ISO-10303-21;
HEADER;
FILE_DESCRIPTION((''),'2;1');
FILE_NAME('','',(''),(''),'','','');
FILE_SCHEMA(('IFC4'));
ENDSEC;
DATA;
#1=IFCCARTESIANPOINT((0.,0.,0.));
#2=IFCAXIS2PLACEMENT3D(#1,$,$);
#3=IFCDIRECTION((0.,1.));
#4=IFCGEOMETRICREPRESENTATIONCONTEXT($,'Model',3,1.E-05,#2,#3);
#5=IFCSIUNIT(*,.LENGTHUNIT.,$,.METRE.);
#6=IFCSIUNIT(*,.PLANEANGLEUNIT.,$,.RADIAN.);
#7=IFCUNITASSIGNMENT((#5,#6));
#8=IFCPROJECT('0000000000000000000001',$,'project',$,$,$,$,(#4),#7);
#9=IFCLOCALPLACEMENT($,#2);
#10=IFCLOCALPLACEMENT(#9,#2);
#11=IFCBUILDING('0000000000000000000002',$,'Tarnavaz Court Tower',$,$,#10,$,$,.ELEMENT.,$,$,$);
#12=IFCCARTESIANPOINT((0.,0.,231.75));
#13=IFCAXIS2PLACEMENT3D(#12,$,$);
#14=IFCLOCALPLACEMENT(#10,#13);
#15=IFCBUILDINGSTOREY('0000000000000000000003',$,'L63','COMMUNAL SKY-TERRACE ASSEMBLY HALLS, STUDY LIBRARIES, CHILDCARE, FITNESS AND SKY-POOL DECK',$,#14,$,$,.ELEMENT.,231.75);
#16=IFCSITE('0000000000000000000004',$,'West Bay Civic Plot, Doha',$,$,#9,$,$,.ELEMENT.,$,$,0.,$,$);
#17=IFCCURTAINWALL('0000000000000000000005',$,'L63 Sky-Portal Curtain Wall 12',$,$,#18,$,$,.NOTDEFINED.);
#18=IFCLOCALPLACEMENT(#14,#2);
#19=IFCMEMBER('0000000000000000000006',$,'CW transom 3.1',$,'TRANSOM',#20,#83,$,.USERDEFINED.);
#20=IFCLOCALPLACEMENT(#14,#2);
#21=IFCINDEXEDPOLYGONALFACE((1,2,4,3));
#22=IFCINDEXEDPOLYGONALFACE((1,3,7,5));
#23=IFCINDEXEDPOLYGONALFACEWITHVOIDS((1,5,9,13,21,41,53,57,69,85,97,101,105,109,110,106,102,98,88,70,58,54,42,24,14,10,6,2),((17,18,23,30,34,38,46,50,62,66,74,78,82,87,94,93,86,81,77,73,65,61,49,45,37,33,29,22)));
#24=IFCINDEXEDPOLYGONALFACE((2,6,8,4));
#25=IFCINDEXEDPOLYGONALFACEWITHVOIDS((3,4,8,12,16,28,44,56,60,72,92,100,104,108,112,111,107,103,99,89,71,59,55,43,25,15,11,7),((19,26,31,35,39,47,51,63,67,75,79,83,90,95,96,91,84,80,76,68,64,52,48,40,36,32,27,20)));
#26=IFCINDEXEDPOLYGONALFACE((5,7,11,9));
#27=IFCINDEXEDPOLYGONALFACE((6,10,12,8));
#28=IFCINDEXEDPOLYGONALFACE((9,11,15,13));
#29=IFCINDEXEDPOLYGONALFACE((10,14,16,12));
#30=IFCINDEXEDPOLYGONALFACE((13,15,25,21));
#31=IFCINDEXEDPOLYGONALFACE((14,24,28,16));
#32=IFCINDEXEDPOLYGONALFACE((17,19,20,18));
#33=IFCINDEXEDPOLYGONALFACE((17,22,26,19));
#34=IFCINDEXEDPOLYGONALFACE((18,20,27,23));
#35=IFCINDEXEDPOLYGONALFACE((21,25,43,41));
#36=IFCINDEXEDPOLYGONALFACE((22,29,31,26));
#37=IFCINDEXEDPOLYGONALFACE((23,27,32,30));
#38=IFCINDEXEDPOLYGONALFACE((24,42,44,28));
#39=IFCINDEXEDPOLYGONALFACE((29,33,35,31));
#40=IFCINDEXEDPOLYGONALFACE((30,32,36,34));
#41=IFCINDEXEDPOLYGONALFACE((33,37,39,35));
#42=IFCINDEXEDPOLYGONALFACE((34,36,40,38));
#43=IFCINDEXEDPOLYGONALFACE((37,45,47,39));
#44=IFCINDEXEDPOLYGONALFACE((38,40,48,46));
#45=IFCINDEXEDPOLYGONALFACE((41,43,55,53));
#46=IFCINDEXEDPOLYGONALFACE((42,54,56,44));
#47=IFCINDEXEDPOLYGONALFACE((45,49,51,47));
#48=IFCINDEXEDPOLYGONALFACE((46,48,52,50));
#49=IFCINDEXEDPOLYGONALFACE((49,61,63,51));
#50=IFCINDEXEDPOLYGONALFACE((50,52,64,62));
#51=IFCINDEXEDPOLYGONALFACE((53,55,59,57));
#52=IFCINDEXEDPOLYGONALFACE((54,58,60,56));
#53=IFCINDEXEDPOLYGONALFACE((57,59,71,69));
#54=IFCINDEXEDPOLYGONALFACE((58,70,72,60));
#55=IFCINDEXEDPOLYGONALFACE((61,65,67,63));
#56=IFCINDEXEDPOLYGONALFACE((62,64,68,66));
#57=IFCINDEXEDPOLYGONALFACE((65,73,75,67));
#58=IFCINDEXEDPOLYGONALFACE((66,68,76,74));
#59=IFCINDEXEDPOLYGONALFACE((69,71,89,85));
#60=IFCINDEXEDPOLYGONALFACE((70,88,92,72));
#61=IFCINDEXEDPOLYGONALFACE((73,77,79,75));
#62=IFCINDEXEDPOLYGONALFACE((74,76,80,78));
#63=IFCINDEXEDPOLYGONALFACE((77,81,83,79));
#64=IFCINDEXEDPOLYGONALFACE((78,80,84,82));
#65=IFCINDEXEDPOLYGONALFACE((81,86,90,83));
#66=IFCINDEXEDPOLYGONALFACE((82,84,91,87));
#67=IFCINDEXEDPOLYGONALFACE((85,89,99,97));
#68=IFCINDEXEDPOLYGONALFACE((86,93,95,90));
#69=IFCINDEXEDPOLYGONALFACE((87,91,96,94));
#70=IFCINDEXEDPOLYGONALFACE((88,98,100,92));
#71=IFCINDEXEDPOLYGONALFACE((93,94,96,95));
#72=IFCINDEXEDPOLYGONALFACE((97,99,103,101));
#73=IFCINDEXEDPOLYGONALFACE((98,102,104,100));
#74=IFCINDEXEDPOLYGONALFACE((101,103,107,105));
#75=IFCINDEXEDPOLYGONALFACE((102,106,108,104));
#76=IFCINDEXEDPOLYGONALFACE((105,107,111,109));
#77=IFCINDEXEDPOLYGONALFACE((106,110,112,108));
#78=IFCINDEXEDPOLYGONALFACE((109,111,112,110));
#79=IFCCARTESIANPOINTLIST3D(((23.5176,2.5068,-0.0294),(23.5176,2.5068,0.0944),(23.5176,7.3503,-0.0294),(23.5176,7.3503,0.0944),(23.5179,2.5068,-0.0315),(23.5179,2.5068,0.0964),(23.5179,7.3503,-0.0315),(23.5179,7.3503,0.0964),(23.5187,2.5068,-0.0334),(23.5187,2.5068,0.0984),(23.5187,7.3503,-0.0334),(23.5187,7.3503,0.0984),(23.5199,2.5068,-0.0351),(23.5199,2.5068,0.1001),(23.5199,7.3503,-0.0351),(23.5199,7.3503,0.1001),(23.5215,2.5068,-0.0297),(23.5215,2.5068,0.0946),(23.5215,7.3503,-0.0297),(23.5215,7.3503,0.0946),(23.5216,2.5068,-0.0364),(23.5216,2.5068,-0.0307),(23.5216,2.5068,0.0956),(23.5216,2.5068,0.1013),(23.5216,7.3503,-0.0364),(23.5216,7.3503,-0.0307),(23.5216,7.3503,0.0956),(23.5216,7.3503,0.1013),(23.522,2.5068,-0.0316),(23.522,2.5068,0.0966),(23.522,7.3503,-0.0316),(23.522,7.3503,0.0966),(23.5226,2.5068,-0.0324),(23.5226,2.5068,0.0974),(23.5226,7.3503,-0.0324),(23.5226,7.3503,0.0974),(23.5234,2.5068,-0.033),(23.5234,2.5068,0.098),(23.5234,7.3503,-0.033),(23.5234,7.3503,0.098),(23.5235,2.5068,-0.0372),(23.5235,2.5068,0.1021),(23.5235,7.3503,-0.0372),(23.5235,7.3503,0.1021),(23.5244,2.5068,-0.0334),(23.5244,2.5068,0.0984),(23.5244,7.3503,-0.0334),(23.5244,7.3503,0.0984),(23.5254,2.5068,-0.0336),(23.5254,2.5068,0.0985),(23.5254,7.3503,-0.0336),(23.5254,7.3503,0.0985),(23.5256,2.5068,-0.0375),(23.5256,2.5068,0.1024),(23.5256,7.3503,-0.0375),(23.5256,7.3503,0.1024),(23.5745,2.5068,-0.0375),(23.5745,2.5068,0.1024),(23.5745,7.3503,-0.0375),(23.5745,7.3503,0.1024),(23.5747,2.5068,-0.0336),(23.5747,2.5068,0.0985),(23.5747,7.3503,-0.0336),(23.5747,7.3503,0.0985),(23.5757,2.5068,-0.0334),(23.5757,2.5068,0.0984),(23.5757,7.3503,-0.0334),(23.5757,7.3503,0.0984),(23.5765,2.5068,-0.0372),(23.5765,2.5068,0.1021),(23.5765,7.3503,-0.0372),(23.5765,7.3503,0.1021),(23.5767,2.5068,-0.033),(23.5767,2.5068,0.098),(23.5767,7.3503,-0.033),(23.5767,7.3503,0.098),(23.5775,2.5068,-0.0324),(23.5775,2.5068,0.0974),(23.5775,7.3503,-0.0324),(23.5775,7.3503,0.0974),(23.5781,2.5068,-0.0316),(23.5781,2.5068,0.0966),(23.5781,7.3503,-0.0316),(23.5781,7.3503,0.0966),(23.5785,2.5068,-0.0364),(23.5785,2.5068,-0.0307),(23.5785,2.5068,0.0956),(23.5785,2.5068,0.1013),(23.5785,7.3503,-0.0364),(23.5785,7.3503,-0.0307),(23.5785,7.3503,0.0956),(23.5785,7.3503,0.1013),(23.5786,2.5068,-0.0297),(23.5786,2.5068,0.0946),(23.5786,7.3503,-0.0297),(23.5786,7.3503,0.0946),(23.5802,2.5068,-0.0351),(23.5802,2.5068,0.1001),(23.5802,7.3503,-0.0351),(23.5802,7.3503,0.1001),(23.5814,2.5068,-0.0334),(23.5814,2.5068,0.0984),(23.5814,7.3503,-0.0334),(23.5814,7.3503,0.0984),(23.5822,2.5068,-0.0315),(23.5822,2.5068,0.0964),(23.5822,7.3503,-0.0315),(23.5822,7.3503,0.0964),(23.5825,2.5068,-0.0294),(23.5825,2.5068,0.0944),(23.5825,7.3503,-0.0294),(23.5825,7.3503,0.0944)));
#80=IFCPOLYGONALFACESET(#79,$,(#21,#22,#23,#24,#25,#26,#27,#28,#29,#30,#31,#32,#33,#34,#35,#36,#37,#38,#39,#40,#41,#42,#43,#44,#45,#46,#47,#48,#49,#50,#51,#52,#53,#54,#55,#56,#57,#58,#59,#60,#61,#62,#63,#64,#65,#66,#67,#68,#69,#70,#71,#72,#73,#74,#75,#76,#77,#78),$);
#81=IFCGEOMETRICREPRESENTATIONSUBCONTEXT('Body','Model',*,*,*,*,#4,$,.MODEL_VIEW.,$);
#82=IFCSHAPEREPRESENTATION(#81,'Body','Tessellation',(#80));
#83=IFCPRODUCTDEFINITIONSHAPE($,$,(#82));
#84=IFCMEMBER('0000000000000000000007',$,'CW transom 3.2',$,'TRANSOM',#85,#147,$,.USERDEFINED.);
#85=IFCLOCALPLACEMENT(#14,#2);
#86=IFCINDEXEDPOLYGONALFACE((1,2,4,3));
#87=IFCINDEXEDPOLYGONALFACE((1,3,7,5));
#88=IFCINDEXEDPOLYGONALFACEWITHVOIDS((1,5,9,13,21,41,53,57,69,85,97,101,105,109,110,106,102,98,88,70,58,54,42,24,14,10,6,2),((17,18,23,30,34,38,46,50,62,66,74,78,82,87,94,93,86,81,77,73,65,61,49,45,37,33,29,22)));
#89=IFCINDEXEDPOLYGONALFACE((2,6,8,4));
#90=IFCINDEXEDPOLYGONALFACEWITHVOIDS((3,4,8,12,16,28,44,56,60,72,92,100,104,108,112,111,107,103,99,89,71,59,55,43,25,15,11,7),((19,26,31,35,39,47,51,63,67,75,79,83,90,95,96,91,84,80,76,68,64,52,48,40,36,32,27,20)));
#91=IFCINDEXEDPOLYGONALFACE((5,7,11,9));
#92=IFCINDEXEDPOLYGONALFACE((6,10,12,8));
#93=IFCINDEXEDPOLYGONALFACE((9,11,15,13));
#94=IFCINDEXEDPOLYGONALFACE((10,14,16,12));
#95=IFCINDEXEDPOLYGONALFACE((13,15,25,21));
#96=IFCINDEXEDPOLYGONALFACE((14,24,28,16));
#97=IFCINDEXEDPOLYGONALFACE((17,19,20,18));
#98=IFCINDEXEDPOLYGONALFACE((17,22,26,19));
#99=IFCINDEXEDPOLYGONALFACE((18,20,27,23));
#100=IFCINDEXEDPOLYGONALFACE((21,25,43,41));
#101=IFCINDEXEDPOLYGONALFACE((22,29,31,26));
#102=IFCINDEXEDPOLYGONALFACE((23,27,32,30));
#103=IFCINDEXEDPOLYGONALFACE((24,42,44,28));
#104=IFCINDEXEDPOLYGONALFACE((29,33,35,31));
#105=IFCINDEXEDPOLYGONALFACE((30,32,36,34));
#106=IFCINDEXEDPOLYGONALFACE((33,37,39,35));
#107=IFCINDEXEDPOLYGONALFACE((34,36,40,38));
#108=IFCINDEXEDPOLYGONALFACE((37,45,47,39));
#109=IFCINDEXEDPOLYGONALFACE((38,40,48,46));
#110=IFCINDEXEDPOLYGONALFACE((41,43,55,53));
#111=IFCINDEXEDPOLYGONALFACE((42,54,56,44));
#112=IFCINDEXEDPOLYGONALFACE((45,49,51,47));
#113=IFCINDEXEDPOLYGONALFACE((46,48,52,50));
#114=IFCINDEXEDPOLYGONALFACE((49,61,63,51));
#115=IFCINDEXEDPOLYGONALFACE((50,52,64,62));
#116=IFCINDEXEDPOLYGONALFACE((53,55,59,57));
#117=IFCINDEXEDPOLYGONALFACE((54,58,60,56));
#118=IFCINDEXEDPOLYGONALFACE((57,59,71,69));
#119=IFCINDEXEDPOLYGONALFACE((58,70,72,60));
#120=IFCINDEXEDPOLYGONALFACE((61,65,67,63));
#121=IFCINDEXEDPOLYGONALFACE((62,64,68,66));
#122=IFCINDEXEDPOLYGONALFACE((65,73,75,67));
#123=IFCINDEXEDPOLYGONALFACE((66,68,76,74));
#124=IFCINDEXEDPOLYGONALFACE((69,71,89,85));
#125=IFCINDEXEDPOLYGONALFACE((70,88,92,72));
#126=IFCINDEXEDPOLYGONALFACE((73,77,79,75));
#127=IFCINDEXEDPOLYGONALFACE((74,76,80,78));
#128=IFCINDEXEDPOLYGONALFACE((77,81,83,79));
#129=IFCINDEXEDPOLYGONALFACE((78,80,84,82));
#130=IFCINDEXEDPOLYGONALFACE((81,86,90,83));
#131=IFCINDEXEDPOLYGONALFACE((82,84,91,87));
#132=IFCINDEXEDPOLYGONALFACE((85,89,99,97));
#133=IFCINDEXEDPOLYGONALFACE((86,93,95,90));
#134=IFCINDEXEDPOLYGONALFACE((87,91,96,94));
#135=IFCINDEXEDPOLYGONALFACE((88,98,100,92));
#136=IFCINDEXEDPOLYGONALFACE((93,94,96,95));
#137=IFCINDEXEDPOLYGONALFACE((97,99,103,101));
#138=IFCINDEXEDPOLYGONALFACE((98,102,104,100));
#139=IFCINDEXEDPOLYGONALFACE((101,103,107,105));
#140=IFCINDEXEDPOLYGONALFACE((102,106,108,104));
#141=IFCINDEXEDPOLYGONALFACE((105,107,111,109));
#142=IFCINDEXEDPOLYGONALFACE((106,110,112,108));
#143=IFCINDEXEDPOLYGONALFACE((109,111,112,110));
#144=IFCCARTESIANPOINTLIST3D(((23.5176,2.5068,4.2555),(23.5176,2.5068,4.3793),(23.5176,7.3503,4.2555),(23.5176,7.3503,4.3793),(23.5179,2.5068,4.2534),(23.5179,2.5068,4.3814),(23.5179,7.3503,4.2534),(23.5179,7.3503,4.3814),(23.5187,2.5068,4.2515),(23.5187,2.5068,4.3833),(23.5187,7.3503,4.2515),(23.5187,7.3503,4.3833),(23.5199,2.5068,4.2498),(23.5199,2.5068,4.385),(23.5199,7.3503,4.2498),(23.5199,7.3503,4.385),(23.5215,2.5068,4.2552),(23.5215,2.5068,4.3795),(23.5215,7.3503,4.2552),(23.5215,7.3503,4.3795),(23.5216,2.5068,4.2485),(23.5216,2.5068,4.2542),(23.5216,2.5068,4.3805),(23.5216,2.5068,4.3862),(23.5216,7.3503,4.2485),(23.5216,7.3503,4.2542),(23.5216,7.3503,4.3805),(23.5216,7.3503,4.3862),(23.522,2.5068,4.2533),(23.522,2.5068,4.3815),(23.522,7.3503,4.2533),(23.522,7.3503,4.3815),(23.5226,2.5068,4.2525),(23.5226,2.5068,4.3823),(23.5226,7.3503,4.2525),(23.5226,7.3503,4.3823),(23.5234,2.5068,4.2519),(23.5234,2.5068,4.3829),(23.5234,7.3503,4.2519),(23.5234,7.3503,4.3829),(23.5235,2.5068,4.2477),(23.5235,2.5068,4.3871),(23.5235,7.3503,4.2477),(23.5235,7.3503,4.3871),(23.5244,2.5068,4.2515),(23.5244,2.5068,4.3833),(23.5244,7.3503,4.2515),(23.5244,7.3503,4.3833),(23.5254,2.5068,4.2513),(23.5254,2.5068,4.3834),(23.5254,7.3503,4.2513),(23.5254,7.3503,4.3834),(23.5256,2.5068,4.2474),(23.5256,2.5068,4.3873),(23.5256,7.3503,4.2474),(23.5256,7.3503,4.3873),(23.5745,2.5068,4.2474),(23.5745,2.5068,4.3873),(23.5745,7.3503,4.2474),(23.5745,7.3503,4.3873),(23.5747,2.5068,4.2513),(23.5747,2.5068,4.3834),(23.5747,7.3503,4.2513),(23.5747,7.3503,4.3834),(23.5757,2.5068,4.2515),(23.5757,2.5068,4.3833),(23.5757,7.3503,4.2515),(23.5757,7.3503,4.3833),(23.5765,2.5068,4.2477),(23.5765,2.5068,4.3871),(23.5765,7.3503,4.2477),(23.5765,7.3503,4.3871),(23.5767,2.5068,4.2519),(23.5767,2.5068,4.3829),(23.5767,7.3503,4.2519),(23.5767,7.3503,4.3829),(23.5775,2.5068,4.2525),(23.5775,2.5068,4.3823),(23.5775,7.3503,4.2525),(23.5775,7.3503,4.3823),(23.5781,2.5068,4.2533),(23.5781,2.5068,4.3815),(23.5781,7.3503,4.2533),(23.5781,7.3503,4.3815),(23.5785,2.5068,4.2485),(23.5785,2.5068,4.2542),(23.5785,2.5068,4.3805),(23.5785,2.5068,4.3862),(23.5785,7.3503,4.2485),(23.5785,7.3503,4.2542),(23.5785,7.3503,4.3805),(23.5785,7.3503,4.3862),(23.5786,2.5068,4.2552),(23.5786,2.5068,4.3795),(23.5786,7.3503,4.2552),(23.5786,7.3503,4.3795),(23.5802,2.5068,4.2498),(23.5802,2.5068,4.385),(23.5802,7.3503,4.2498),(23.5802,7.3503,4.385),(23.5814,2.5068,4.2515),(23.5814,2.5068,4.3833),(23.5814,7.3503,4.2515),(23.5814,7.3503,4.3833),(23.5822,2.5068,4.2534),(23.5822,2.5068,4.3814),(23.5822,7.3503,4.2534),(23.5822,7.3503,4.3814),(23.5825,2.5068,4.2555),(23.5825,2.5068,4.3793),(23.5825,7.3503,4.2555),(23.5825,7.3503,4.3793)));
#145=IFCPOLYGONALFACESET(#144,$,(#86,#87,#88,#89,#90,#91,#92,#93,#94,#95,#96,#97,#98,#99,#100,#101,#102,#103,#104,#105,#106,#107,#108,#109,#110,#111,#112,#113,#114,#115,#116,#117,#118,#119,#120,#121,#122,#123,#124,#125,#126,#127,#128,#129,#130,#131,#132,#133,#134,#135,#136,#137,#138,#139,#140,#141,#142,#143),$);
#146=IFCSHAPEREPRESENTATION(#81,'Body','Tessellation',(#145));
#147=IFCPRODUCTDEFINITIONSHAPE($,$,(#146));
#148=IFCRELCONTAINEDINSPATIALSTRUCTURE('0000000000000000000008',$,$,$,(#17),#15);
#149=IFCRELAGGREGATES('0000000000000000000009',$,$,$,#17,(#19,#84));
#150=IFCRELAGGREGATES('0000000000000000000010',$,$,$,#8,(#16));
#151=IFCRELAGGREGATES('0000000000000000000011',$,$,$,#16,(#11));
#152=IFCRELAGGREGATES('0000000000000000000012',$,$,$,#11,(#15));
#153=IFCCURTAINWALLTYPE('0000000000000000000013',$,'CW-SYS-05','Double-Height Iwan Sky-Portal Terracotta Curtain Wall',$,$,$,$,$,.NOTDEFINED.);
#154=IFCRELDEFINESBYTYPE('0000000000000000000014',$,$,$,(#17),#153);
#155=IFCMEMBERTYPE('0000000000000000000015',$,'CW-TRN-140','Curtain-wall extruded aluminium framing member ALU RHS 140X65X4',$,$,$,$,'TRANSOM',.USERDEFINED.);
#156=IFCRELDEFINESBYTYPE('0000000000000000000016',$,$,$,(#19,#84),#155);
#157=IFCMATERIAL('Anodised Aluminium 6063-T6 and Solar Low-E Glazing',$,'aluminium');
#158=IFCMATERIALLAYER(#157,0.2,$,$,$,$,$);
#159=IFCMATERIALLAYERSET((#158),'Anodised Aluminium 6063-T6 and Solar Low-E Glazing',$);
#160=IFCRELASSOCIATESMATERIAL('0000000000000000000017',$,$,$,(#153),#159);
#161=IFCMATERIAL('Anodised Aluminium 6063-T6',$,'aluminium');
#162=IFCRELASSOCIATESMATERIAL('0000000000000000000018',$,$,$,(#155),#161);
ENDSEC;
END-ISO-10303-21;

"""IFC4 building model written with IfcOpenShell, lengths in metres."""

from ifc_helpers import new_model, si_unit, direction, frame, origin, origin_2d, place, context, subcontext, project, spatial, hollow_rectangle, extrude, material, layer, layer_set, material_profile, profile_set, type_object, element, aggregate, save


model = new_model("IFC4")

# Units and contexts
model_context = context("Model", 3, precision=1e-05, world=origin(), true_north=direction((0.0, 1.0)))
body_context = subcontext(model_context, "Body", "Model", "MODEL_VIEW")
ifc_project = project(units=[si_unit("LENGTHUNIT", "METRE"), si_unit("PLANEANGLEUNIT", "RADIAN")], contexts=[model_context])

# Site, building, storey
site_placement = place(None, origin())
site = spatial("IfcSite", under=ifc_project, at=site_placement, Name="West Bay Civic Plot, Doha", CompositionType="ELEMENT", RefElevation=0.0)
building_placement = place(site_placement, origin())
building = spatial("IfcBuilding", under=site, at=building_placement, Name="Tarnavaz Court Tower", CompositionType="ELEMENT")
storey_placement = place(building_placement, frame((0.0, 0.0, 231.75)))
storey = spatial("IfcBuildingStorey", under=building, at=storey_placement, Name="L63", Description="COMMUNAL SKY-TERRACE ASSEMBLY HALLS, STUDY LIBRARIES, CHILDCARE, FITNESS AND SKY-POOL DECK", CompositionType="ELEMENT", Elevation=231.75)

# Curtain wall, members
ifc_material_1 = material(Name="Anodised Aluminium 6063-T6 and Solar Low-E Glazing", Category="aluminium")
ifc_layer_1 = layer(ifc_material_1, 0.2)
ifc_layer_set_1 = layer_set([ifc_layer_1], Name="Anodised Aluminium 6063-T6 and Solar Low-E Glazing")
curtain_wall_type = type_object("IfcCurtainWallType", Name="CW-SYS-05", Description="Double-Height Iwan Sky-Portal Terracotta Curtain Wall", PredefinedType="NOTDEFINED", material=ifc_layer_set_1)
curtain_wall_placement = place(storey_placement, origin())
curtain_wall = element("IfcCurtainWall", 1, at=curtain_wall_placement, inside=storey, type_object=curtain_wall_type, Name="L63 Sky-Portal Curtain Wall 12", PredefinedType="NOTDEFINED")
ifc_material_2 = material(Name="Anodised Aluminium 6063-T6", Category="aluminium")
ifc_material_profile_1 = material_profile(ifc_material_2, hollow_rectangle(XDim=0.0649, YDim=0.1399, WallThickness=0.0039, InnerFilletRadius=0.0039, OuterFilletRadius=0.0081, at=origin_2d()), Name="ALU RHS 140X65X4")
ifc_profile_set_1 = profile_set([ifc_material_profile_1], Name="Anodised Aluminium 6063-T6")
member_type_1 = type_object("IfcMemberType", Name="CW-TRN-140", Description="Curtain-wall extruded aluminium framing member ALU RHS 140X65X4", ElementType="TRANSOM", PredefinedType="USERDEFINED", material=ifc_profile_set_1)
member_1_placement = place(storey_placement, frame((23.55, 7.3503, 0.0325), z_axis=(0.0, -1.0, 0.0), x_axis=(1.0, 0.0, 0.0)))
member_1 = element("IfcMember", 2, at=member_1_placement, type_object=member_type_1, Name="CW transom 3.1", ObjectType="TRANSOM", PredefinedType="USERDEFINED", context=body_context, shape_type="SweptSolid", body=[
    extrude(hollow_rectangle(XDim=0.0649, YDim=0.1399, WallThickness=0.0039, InnerFilletRadius=0.0039, OuterFilletRadius=0.0081, at=origin_2d()), origin(), (0.0, 0.0, 1.0), 4.8435),
])
member_2_placement = place(storey_placement, frame((23.55, 7.3503, 4.3174), z_axis=(0.0, -1.0, 0.0), x_axis=(1.0, 0.0, 0.0)))
member_2 = element("IfcMember", 3, at=member_2_placement, type_object=member_type_1, Name="CW transom 3.2", ObjectType="TRANSOM", PredefinedType="USERDEFINED", context=body_context, shape_type="SweptSolid", body=[
    extrude(hollow_rectangle(XDim=0.0649, YDim=0.1399, WallThickness=0.0039, InnerFilletRadius=0.0039, OuterFilletRadius=0.0081, at=origin_2d()), origin(), (0.0, 0.0, 1.0), 4.8435),
])
aggregate(curtain_wall, [member_1, member_2])

save(model, "model.ifc")
